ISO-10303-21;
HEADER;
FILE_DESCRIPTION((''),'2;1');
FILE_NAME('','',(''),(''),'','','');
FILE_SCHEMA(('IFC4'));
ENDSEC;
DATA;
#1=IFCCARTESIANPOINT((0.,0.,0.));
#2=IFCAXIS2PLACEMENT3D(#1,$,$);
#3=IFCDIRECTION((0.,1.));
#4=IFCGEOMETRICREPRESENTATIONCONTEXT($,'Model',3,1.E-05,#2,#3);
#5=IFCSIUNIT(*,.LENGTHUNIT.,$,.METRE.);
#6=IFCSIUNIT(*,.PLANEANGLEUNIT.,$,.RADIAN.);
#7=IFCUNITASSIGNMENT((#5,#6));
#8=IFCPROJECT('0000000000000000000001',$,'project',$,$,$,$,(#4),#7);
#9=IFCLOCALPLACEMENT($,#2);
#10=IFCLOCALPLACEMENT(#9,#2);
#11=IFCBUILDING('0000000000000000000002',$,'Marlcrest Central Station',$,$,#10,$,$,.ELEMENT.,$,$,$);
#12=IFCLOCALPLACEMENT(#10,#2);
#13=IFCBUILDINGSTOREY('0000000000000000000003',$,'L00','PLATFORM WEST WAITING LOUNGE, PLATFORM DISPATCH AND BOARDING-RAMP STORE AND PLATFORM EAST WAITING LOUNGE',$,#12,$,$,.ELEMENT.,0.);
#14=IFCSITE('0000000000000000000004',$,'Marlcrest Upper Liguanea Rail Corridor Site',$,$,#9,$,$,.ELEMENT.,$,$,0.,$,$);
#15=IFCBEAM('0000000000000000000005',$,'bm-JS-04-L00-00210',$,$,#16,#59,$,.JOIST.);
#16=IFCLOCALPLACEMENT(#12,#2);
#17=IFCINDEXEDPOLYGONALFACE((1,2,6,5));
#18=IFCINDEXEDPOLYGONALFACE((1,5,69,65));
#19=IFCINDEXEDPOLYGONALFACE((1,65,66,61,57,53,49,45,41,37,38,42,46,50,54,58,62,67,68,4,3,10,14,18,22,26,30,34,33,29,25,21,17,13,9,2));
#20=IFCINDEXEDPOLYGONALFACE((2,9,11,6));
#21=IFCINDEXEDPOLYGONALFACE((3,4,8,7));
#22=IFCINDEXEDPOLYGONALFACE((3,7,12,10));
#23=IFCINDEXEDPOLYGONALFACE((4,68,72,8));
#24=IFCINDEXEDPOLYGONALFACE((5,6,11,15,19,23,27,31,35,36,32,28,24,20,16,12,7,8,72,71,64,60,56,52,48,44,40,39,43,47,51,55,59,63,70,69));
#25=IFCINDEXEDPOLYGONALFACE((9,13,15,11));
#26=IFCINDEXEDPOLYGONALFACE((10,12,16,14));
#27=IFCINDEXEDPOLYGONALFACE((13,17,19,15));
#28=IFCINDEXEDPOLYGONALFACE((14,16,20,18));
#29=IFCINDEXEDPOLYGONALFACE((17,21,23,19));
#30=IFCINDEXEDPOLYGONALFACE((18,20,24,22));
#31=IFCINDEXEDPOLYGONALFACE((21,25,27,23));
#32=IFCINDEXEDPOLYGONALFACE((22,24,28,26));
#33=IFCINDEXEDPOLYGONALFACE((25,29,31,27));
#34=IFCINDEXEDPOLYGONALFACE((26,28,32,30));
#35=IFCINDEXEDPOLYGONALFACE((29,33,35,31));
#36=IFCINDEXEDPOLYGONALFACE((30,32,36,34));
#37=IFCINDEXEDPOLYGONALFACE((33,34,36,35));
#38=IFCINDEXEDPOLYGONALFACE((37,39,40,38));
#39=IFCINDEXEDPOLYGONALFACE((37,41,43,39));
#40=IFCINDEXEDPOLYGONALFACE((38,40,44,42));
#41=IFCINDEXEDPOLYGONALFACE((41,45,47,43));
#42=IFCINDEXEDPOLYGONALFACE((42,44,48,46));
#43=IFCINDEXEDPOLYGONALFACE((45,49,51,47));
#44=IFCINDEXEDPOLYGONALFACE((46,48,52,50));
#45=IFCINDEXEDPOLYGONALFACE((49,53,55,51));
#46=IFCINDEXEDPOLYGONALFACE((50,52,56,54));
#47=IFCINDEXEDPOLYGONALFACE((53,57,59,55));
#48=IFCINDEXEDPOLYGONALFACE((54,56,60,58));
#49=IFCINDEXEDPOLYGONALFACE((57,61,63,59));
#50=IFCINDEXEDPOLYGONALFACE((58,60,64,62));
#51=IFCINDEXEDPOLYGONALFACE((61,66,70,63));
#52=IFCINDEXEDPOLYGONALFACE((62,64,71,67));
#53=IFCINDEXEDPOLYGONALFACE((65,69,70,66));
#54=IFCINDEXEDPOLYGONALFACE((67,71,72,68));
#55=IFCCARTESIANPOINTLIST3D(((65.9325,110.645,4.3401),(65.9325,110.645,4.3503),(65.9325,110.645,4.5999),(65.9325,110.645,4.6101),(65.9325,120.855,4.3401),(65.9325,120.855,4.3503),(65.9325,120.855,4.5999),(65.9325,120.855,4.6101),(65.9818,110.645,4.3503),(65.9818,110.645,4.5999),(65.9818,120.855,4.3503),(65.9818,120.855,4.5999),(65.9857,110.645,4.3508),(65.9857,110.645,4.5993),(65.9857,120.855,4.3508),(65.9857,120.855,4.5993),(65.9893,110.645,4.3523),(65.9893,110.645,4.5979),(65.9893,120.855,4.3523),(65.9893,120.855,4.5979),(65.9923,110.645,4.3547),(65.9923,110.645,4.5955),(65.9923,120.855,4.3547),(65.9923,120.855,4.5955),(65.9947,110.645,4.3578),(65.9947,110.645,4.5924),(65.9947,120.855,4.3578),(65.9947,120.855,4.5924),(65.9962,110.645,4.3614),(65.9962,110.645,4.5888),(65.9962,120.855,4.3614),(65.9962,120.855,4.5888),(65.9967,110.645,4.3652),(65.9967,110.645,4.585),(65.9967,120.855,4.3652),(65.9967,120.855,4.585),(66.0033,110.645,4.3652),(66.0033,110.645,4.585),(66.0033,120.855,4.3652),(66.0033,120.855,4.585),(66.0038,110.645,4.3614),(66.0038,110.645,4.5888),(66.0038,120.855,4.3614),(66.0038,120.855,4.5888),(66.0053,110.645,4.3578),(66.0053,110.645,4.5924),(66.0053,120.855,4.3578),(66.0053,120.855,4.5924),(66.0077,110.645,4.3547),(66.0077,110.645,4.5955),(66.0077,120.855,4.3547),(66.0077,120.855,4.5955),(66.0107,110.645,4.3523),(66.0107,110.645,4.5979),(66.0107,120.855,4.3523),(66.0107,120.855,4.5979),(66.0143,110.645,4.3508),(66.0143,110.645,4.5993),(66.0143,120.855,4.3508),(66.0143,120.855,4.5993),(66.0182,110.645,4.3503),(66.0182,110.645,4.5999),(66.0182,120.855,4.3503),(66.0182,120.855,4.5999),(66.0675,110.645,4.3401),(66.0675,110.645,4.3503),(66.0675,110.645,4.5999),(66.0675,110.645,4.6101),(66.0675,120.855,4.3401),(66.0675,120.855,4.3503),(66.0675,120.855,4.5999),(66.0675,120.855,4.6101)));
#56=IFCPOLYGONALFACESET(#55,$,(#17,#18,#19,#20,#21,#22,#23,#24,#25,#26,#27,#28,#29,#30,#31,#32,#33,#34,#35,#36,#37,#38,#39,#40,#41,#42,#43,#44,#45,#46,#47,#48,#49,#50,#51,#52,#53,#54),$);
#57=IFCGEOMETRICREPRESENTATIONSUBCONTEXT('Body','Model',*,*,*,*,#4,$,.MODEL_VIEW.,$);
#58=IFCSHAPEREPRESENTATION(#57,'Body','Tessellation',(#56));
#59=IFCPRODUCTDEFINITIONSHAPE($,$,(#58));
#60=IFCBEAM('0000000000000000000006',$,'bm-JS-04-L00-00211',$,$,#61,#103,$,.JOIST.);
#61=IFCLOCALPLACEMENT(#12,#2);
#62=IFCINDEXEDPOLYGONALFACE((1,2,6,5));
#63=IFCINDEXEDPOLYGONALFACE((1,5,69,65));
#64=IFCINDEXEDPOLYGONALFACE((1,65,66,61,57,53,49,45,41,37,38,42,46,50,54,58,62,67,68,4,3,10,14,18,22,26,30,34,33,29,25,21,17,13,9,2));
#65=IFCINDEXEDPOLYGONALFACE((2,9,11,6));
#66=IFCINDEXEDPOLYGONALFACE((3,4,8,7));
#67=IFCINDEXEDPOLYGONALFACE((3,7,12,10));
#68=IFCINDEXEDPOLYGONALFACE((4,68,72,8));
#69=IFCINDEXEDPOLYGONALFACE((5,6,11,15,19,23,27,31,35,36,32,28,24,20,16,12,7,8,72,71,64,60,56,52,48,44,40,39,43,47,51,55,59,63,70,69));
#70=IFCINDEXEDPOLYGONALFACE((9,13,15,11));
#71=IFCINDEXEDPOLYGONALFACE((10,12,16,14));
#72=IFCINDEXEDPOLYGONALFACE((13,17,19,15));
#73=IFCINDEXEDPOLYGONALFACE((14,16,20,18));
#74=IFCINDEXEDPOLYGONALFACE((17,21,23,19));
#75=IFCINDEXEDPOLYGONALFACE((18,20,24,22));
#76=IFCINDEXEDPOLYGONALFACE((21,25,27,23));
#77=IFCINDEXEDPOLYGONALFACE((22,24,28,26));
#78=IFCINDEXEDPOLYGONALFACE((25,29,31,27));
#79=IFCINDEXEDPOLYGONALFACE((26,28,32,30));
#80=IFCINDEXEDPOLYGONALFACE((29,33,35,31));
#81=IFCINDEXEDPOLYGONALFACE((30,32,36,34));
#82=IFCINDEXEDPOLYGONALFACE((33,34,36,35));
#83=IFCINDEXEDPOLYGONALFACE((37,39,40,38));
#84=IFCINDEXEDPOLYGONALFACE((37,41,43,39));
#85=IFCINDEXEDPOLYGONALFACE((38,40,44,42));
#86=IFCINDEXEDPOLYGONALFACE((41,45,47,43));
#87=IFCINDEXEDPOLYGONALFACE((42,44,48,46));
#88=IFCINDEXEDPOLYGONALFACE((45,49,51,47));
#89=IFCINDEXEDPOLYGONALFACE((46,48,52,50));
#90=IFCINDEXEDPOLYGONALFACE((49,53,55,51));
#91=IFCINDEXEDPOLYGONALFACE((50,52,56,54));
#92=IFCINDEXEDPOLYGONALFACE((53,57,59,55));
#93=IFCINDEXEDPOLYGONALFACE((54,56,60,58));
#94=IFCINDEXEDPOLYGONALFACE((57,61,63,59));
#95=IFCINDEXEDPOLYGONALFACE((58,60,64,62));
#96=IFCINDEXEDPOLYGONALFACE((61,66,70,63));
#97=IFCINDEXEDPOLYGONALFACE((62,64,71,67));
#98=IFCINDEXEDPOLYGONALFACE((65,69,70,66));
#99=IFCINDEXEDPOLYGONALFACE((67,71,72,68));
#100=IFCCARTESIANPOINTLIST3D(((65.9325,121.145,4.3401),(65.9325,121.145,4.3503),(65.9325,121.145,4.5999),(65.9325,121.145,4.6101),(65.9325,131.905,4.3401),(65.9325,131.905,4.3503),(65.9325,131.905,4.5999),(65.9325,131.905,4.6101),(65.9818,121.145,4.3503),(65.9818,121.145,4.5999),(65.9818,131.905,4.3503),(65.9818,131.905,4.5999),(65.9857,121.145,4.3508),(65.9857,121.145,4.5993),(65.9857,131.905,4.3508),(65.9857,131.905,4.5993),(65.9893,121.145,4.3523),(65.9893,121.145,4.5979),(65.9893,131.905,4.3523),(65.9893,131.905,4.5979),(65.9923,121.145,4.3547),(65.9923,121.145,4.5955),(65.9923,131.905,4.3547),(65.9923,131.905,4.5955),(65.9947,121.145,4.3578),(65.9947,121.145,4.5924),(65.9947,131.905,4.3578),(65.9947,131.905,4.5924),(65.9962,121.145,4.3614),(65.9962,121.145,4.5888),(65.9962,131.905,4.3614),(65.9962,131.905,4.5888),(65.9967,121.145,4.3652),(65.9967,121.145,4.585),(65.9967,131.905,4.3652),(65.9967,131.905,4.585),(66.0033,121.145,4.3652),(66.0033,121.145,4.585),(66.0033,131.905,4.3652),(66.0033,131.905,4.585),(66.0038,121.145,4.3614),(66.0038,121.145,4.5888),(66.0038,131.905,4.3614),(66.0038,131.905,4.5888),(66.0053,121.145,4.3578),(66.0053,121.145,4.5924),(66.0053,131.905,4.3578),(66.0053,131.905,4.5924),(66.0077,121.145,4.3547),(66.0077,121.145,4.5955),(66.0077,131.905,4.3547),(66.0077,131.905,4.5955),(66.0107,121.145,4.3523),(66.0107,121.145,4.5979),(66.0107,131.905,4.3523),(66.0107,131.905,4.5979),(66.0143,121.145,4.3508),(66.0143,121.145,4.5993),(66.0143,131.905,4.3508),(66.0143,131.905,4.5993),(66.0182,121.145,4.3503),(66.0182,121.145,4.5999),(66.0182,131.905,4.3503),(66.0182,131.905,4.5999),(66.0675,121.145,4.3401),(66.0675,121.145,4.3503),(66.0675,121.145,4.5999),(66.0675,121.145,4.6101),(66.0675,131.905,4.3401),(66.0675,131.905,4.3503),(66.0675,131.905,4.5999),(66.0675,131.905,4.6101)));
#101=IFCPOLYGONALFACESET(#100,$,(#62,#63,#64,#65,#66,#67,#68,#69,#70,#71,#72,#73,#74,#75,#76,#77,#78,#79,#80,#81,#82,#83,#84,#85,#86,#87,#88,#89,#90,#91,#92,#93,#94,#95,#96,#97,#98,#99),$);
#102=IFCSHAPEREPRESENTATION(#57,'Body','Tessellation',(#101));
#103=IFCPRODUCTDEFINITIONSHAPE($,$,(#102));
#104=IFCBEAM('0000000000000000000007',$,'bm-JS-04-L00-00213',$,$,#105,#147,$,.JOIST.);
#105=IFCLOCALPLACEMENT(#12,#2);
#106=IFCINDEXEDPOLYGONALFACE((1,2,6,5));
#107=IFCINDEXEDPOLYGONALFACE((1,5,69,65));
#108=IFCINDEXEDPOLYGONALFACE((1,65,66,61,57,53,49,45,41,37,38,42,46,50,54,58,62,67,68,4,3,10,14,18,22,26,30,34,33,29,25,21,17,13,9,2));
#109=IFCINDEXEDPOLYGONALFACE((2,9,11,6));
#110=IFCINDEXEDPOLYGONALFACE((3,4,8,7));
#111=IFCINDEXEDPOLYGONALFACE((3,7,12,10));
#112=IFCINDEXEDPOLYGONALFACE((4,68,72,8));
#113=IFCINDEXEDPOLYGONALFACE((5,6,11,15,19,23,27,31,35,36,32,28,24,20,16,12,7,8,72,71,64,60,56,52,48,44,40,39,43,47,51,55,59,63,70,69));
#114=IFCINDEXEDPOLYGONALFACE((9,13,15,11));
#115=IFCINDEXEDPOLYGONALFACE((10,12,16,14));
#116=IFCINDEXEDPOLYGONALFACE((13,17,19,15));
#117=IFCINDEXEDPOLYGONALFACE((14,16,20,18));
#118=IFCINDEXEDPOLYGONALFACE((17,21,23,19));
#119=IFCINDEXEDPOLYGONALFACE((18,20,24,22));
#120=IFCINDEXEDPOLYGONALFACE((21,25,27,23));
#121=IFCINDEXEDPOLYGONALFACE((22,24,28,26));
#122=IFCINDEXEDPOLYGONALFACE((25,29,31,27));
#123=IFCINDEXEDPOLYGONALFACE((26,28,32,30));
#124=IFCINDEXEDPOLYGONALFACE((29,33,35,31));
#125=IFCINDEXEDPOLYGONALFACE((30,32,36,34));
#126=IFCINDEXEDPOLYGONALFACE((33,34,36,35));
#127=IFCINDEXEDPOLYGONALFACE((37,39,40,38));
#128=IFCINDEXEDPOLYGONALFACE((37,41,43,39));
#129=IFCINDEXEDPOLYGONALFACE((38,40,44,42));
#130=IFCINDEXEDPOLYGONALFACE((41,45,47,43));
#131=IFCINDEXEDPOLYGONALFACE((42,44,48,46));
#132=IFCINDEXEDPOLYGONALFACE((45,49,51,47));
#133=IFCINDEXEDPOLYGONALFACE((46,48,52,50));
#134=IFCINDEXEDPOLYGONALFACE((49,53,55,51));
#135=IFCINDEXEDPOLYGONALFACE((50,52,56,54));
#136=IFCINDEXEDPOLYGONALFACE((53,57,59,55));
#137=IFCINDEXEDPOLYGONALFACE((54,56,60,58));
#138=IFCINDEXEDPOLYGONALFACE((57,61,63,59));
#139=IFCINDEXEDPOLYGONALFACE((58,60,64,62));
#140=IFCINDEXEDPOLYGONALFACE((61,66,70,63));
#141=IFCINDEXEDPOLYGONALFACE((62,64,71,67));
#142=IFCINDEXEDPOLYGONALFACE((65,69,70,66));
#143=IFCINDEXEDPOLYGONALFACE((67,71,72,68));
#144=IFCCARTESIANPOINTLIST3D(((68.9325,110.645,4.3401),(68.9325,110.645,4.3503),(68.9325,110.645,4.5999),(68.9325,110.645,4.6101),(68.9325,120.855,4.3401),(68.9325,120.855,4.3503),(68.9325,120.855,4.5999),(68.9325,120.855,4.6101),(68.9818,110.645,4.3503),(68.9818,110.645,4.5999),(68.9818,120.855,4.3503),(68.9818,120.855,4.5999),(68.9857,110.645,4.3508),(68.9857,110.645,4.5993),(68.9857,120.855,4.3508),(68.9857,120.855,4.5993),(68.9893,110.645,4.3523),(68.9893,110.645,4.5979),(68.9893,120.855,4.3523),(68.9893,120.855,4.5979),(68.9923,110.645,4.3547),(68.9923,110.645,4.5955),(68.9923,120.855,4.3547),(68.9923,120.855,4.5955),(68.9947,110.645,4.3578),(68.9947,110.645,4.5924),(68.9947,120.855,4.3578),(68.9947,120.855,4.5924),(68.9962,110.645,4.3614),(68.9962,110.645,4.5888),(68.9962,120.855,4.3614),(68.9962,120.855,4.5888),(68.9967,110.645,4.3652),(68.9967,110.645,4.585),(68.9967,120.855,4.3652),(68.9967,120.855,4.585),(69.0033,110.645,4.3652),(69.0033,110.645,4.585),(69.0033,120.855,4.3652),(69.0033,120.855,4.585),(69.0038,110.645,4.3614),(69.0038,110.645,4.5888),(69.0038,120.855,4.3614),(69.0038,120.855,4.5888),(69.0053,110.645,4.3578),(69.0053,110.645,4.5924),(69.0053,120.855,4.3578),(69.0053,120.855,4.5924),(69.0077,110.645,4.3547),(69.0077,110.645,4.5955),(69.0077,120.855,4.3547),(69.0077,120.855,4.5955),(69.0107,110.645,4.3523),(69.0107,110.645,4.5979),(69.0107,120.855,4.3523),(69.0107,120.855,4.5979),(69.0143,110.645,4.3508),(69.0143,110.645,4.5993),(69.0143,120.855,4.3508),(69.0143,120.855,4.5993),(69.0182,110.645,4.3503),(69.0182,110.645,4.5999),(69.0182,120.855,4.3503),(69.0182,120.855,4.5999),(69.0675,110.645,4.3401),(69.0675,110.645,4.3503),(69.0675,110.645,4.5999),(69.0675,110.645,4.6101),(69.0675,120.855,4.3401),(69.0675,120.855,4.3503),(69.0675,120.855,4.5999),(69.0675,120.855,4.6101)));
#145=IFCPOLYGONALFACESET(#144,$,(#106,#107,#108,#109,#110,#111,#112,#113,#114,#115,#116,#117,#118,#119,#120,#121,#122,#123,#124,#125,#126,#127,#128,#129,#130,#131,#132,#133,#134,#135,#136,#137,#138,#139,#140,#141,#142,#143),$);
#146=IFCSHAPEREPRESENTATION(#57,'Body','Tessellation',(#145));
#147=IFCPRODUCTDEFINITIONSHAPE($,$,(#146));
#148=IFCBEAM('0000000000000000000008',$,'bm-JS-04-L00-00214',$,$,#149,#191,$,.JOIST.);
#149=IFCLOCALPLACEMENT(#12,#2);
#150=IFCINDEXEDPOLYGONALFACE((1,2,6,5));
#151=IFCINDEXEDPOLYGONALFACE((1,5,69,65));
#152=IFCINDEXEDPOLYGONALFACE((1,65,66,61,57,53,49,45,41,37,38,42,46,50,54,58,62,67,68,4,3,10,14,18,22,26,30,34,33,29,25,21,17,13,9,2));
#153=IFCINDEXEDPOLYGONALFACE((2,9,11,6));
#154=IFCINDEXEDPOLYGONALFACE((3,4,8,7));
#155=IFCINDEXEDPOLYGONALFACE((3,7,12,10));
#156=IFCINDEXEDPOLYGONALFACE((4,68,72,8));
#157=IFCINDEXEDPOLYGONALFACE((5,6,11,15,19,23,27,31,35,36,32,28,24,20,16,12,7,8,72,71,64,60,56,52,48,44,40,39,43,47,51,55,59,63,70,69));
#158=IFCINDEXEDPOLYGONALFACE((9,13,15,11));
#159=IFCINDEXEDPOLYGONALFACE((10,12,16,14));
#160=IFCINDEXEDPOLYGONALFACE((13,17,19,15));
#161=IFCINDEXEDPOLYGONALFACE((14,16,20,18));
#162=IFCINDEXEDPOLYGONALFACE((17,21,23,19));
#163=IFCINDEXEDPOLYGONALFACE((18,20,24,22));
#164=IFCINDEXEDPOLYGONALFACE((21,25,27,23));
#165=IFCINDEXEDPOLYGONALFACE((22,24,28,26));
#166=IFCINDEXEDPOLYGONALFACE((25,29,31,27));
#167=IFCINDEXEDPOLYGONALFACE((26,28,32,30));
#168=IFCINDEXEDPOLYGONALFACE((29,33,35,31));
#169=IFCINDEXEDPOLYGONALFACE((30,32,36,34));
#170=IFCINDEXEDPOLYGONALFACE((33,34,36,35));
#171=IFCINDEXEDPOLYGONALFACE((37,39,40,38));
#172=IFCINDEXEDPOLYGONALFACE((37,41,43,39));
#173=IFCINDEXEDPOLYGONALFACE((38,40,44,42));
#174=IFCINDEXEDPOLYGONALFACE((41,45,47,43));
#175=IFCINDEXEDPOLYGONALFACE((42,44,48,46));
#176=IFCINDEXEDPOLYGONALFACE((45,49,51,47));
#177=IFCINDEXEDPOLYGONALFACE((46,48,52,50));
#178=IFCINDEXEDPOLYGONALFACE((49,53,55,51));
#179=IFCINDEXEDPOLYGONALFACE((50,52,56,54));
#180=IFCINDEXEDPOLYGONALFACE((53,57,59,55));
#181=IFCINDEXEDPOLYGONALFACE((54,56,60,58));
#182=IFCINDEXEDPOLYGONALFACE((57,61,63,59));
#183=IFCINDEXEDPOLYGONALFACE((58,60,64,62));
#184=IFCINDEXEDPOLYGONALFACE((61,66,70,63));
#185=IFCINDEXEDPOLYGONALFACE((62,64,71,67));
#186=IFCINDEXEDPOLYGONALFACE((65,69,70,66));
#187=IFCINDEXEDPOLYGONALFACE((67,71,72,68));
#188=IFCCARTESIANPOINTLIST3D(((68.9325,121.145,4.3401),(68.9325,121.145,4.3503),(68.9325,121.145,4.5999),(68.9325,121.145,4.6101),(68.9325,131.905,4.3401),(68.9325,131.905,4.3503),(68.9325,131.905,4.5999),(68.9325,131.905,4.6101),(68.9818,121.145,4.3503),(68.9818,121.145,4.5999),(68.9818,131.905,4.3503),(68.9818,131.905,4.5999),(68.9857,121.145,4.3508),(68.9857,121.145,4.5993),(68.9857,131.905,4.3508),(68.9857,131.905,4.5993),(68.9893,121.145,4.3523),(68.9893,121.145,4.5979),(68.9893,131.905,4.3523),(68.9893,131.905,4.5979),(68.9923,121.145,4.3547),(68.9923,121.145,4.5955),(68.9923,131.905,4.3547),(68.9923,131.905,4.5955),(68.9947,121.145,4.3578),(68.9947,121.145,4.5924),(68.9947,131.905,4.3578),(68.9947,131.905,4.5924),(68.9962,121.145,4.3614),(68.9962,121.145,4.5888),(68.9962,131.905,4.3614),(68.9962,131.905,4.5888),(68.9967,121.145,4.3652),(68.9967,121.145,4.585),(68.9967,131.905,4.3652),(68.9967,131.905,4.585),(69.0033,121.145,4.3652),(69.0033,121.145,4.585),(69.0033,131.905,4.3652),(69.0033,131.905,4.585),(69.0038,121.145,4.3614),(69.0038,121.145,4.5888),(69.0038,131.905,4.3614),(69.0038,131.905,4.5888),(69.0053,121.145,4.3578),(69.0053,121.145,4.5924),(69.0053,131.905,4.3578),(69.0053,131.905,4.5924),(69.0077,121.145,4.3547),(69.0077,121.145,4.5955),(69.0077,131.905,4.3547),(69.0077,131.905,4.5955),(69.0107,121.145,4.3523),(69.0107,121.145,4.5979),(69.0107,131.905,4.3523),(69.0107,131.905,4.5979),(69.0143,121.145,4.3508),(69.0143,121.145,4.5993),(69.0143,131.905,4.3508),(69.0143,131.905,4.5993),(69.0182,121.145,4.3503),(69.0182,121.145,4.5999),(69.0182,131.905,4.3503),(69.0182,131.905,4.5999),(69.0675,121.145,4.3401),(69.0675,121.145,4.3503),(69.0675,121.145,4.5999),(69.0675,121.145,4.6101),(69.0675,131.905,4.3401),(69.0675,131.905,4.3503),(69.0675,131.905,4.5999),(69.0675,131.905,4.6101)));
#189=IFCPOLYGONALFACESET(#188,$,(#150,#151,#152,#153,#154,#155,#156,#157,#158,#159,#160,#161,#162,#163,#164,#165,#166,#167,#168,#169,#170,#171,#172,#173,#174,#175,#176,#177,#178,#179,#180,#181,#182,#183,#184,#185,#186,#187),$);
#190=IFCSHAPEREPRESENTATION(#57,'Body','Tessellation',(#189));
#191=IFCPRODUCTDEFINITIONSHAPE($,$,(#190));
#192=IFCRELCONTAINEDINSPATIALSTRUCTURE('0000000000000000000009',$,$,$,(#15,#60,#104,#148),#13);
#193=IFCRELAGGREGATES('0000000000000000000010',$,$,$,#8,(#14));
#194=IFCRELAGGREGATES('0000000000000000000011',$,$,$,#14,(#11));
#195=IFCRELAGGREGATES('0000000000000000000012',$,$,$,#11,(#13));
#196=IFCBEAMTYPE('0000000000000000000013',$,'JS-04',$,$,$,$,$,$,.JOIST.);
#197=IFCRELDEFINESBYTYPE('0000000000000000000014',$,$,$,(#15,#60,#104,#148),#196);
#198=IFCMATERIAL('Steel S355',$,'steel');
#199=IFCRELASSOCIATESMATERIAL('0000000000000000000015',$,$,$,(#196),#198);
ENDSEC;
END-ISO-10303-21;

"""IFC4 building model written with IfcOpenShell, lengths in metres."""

from ifc_helpers import new_model, si_unit, direction, frame, origin, origin_2d, place, context, subcontext, project, spatial, i_section, extrude, material, material_profile, profile_set, type_object, element, save


model = new_model("IFC4")

# Units and contexts
model_context = context("Model", 3, precision=1e-05, world=origin(), true_north=direction((0.0, 1.0)))
body_context = subcontext(model_context, "Body", "Model", "MODEL_VIEW")
ifc_project = project(units=[si_unit("LENGTHUNIT", "METRE"), si_unit("PLANEANGLEUNIT", "RADIAN")], contexts=[model_context])

# Site, building, storey
site_placement = place(None, origin())
site = spatial("IfcSite", under=ifc_project, at=site_placement, Name="Marlcrest Upper Liguanea Rail Corridor Site", CompositionType="ELEMENT", RefElevation=0.0)
building_placement = place(site_placement, origin())
building = spatial("IfcBuilding", under=site, at=building_placement, Name="Marlcrest Central Station", CompositionType="ELEMENT")
storey_placement = place(building_placement, origin())
storey = spatial("IfcBuildingStorey", under=building, at=storey_placement, Name="L00", Description="PLATFORM WEST WAITING LOUNGE, PLATFORM DISPATCH AND BOARDING-RAMP STORE AND PLATFORM EAST WAITING LOUNGE", CompositionType="ELEMENT", Elevation=0.0)

# Shared definitions
ifc_material_1 = material(Name="Steel S355", Category="steel")

# Beams
ifc_material_profile_1 = material_profile(ifc_material_1, i_section(OverallWidth=0.135, OverallDepth=0.27, WebThickness=0.0066, FlangeThickness=0.0103, FilletRadius=0.0149, at=origin_2d()), Name="IPE 270")
ifc_profile_set_1 = profile_set([ifc_material_profile_1], Name="Steel S355")
beam_type_1 = type_object("IfcBeamType", Name="JS-04", PredefinedType="JOIST", material=ifc_profile_set_1)
beam_1_placement = place(storey_placement, frame((66.0, 110.645, 4.4751), z_axis=(0.0, 1.0, 0.0), x_axis=(-1.0, 0.0, 0.0)))
element("IfcBeam", 1, at=beam_1_placement, inside=storey, type_object=beam_type_1, Name="bm-JS-04-L00-00210", PredefinedType="JOIST", context=body_context, shape_type="SweptSolid", body=[
    extrude(i_section(OverallWidth=0.135, OverallDepth=0.27, WebThickness=0.0066, FlangeThickness=0.0103, FilletRadius=0.0149, at=origin_2d()), origin(), (0.0, 0.0, 1.0), 10.21),
])
beam_2_placement = place(storey_placement, frame((66.0, 121.145, 4.4751), z_axis=(0.0, 1.0, 0.0), x_axis=(-1.0, 0.0, 0.0)))
element("IfcBeam", 2, at=beam_2_placement, inside=storey, type_object=beam_type_1, Name="bm-JS-04-L00-00211", PredefinedType="JOIST", context=body_context, shape_type="SweptSolid", body=[
    extrude(i_section(OverallWidth=0.135, OverallDepth=0.27, WebThickness=0.0066, FlangeThickness=0.0103, FilletRadius=0.0149, at=origin_2d()), origin(), (0.0, 0.0, 1.0), 10.76),
])
beam_3_placement = place(storey_placement, frame((69.0, 110.645, 4.4751), z_axis=(0.0, 1.0, 0.0), x_axis=(-1.0, 0.0, 0.0)))
element("IfcBeam", 3, at=beam_3_placement, inside=storey, type_object=beam_type_1, Name="bm-JS-04-L00-00213", PredefinedType="JOIST", context=body_context, shape_type="SweptSolid", body=[
    extrude(i_section(OverallWidth=0.135, OverallDepth=0.27, WebThickness=0.0066, FlangeThickness=0.0103, FilletRadius=0.0149, at=origin_2d()), origin(), (0.0, 0.0, 1.0), 10.21),
])
beam_4_placement = place(storey_placement, frame((69.0, 121.145, 4.4751), z_axis=(0.0, 1.0, 0.0), x_axis=(-1.0, 0.0, 0.0)))
element("IfcBeam", 4, at=beam_4_placement, inside=storey, type_object=beam_type_1, Name="bm-JS-04-L00-00214", PredefinedType="JOIST", context=body_context, shape_type="SweptSolid", body=[
    extrude(i_section(OverallWidth=0.135, OverallDepth=0.27, WebThickness=0.0066, FlangeThickness=0.0103, FilletRadius=0.0149, at=origin_2d()), origin(), (0.0, 0.0, 1.0), 10.76),
])

save(model, "model.ifc")
